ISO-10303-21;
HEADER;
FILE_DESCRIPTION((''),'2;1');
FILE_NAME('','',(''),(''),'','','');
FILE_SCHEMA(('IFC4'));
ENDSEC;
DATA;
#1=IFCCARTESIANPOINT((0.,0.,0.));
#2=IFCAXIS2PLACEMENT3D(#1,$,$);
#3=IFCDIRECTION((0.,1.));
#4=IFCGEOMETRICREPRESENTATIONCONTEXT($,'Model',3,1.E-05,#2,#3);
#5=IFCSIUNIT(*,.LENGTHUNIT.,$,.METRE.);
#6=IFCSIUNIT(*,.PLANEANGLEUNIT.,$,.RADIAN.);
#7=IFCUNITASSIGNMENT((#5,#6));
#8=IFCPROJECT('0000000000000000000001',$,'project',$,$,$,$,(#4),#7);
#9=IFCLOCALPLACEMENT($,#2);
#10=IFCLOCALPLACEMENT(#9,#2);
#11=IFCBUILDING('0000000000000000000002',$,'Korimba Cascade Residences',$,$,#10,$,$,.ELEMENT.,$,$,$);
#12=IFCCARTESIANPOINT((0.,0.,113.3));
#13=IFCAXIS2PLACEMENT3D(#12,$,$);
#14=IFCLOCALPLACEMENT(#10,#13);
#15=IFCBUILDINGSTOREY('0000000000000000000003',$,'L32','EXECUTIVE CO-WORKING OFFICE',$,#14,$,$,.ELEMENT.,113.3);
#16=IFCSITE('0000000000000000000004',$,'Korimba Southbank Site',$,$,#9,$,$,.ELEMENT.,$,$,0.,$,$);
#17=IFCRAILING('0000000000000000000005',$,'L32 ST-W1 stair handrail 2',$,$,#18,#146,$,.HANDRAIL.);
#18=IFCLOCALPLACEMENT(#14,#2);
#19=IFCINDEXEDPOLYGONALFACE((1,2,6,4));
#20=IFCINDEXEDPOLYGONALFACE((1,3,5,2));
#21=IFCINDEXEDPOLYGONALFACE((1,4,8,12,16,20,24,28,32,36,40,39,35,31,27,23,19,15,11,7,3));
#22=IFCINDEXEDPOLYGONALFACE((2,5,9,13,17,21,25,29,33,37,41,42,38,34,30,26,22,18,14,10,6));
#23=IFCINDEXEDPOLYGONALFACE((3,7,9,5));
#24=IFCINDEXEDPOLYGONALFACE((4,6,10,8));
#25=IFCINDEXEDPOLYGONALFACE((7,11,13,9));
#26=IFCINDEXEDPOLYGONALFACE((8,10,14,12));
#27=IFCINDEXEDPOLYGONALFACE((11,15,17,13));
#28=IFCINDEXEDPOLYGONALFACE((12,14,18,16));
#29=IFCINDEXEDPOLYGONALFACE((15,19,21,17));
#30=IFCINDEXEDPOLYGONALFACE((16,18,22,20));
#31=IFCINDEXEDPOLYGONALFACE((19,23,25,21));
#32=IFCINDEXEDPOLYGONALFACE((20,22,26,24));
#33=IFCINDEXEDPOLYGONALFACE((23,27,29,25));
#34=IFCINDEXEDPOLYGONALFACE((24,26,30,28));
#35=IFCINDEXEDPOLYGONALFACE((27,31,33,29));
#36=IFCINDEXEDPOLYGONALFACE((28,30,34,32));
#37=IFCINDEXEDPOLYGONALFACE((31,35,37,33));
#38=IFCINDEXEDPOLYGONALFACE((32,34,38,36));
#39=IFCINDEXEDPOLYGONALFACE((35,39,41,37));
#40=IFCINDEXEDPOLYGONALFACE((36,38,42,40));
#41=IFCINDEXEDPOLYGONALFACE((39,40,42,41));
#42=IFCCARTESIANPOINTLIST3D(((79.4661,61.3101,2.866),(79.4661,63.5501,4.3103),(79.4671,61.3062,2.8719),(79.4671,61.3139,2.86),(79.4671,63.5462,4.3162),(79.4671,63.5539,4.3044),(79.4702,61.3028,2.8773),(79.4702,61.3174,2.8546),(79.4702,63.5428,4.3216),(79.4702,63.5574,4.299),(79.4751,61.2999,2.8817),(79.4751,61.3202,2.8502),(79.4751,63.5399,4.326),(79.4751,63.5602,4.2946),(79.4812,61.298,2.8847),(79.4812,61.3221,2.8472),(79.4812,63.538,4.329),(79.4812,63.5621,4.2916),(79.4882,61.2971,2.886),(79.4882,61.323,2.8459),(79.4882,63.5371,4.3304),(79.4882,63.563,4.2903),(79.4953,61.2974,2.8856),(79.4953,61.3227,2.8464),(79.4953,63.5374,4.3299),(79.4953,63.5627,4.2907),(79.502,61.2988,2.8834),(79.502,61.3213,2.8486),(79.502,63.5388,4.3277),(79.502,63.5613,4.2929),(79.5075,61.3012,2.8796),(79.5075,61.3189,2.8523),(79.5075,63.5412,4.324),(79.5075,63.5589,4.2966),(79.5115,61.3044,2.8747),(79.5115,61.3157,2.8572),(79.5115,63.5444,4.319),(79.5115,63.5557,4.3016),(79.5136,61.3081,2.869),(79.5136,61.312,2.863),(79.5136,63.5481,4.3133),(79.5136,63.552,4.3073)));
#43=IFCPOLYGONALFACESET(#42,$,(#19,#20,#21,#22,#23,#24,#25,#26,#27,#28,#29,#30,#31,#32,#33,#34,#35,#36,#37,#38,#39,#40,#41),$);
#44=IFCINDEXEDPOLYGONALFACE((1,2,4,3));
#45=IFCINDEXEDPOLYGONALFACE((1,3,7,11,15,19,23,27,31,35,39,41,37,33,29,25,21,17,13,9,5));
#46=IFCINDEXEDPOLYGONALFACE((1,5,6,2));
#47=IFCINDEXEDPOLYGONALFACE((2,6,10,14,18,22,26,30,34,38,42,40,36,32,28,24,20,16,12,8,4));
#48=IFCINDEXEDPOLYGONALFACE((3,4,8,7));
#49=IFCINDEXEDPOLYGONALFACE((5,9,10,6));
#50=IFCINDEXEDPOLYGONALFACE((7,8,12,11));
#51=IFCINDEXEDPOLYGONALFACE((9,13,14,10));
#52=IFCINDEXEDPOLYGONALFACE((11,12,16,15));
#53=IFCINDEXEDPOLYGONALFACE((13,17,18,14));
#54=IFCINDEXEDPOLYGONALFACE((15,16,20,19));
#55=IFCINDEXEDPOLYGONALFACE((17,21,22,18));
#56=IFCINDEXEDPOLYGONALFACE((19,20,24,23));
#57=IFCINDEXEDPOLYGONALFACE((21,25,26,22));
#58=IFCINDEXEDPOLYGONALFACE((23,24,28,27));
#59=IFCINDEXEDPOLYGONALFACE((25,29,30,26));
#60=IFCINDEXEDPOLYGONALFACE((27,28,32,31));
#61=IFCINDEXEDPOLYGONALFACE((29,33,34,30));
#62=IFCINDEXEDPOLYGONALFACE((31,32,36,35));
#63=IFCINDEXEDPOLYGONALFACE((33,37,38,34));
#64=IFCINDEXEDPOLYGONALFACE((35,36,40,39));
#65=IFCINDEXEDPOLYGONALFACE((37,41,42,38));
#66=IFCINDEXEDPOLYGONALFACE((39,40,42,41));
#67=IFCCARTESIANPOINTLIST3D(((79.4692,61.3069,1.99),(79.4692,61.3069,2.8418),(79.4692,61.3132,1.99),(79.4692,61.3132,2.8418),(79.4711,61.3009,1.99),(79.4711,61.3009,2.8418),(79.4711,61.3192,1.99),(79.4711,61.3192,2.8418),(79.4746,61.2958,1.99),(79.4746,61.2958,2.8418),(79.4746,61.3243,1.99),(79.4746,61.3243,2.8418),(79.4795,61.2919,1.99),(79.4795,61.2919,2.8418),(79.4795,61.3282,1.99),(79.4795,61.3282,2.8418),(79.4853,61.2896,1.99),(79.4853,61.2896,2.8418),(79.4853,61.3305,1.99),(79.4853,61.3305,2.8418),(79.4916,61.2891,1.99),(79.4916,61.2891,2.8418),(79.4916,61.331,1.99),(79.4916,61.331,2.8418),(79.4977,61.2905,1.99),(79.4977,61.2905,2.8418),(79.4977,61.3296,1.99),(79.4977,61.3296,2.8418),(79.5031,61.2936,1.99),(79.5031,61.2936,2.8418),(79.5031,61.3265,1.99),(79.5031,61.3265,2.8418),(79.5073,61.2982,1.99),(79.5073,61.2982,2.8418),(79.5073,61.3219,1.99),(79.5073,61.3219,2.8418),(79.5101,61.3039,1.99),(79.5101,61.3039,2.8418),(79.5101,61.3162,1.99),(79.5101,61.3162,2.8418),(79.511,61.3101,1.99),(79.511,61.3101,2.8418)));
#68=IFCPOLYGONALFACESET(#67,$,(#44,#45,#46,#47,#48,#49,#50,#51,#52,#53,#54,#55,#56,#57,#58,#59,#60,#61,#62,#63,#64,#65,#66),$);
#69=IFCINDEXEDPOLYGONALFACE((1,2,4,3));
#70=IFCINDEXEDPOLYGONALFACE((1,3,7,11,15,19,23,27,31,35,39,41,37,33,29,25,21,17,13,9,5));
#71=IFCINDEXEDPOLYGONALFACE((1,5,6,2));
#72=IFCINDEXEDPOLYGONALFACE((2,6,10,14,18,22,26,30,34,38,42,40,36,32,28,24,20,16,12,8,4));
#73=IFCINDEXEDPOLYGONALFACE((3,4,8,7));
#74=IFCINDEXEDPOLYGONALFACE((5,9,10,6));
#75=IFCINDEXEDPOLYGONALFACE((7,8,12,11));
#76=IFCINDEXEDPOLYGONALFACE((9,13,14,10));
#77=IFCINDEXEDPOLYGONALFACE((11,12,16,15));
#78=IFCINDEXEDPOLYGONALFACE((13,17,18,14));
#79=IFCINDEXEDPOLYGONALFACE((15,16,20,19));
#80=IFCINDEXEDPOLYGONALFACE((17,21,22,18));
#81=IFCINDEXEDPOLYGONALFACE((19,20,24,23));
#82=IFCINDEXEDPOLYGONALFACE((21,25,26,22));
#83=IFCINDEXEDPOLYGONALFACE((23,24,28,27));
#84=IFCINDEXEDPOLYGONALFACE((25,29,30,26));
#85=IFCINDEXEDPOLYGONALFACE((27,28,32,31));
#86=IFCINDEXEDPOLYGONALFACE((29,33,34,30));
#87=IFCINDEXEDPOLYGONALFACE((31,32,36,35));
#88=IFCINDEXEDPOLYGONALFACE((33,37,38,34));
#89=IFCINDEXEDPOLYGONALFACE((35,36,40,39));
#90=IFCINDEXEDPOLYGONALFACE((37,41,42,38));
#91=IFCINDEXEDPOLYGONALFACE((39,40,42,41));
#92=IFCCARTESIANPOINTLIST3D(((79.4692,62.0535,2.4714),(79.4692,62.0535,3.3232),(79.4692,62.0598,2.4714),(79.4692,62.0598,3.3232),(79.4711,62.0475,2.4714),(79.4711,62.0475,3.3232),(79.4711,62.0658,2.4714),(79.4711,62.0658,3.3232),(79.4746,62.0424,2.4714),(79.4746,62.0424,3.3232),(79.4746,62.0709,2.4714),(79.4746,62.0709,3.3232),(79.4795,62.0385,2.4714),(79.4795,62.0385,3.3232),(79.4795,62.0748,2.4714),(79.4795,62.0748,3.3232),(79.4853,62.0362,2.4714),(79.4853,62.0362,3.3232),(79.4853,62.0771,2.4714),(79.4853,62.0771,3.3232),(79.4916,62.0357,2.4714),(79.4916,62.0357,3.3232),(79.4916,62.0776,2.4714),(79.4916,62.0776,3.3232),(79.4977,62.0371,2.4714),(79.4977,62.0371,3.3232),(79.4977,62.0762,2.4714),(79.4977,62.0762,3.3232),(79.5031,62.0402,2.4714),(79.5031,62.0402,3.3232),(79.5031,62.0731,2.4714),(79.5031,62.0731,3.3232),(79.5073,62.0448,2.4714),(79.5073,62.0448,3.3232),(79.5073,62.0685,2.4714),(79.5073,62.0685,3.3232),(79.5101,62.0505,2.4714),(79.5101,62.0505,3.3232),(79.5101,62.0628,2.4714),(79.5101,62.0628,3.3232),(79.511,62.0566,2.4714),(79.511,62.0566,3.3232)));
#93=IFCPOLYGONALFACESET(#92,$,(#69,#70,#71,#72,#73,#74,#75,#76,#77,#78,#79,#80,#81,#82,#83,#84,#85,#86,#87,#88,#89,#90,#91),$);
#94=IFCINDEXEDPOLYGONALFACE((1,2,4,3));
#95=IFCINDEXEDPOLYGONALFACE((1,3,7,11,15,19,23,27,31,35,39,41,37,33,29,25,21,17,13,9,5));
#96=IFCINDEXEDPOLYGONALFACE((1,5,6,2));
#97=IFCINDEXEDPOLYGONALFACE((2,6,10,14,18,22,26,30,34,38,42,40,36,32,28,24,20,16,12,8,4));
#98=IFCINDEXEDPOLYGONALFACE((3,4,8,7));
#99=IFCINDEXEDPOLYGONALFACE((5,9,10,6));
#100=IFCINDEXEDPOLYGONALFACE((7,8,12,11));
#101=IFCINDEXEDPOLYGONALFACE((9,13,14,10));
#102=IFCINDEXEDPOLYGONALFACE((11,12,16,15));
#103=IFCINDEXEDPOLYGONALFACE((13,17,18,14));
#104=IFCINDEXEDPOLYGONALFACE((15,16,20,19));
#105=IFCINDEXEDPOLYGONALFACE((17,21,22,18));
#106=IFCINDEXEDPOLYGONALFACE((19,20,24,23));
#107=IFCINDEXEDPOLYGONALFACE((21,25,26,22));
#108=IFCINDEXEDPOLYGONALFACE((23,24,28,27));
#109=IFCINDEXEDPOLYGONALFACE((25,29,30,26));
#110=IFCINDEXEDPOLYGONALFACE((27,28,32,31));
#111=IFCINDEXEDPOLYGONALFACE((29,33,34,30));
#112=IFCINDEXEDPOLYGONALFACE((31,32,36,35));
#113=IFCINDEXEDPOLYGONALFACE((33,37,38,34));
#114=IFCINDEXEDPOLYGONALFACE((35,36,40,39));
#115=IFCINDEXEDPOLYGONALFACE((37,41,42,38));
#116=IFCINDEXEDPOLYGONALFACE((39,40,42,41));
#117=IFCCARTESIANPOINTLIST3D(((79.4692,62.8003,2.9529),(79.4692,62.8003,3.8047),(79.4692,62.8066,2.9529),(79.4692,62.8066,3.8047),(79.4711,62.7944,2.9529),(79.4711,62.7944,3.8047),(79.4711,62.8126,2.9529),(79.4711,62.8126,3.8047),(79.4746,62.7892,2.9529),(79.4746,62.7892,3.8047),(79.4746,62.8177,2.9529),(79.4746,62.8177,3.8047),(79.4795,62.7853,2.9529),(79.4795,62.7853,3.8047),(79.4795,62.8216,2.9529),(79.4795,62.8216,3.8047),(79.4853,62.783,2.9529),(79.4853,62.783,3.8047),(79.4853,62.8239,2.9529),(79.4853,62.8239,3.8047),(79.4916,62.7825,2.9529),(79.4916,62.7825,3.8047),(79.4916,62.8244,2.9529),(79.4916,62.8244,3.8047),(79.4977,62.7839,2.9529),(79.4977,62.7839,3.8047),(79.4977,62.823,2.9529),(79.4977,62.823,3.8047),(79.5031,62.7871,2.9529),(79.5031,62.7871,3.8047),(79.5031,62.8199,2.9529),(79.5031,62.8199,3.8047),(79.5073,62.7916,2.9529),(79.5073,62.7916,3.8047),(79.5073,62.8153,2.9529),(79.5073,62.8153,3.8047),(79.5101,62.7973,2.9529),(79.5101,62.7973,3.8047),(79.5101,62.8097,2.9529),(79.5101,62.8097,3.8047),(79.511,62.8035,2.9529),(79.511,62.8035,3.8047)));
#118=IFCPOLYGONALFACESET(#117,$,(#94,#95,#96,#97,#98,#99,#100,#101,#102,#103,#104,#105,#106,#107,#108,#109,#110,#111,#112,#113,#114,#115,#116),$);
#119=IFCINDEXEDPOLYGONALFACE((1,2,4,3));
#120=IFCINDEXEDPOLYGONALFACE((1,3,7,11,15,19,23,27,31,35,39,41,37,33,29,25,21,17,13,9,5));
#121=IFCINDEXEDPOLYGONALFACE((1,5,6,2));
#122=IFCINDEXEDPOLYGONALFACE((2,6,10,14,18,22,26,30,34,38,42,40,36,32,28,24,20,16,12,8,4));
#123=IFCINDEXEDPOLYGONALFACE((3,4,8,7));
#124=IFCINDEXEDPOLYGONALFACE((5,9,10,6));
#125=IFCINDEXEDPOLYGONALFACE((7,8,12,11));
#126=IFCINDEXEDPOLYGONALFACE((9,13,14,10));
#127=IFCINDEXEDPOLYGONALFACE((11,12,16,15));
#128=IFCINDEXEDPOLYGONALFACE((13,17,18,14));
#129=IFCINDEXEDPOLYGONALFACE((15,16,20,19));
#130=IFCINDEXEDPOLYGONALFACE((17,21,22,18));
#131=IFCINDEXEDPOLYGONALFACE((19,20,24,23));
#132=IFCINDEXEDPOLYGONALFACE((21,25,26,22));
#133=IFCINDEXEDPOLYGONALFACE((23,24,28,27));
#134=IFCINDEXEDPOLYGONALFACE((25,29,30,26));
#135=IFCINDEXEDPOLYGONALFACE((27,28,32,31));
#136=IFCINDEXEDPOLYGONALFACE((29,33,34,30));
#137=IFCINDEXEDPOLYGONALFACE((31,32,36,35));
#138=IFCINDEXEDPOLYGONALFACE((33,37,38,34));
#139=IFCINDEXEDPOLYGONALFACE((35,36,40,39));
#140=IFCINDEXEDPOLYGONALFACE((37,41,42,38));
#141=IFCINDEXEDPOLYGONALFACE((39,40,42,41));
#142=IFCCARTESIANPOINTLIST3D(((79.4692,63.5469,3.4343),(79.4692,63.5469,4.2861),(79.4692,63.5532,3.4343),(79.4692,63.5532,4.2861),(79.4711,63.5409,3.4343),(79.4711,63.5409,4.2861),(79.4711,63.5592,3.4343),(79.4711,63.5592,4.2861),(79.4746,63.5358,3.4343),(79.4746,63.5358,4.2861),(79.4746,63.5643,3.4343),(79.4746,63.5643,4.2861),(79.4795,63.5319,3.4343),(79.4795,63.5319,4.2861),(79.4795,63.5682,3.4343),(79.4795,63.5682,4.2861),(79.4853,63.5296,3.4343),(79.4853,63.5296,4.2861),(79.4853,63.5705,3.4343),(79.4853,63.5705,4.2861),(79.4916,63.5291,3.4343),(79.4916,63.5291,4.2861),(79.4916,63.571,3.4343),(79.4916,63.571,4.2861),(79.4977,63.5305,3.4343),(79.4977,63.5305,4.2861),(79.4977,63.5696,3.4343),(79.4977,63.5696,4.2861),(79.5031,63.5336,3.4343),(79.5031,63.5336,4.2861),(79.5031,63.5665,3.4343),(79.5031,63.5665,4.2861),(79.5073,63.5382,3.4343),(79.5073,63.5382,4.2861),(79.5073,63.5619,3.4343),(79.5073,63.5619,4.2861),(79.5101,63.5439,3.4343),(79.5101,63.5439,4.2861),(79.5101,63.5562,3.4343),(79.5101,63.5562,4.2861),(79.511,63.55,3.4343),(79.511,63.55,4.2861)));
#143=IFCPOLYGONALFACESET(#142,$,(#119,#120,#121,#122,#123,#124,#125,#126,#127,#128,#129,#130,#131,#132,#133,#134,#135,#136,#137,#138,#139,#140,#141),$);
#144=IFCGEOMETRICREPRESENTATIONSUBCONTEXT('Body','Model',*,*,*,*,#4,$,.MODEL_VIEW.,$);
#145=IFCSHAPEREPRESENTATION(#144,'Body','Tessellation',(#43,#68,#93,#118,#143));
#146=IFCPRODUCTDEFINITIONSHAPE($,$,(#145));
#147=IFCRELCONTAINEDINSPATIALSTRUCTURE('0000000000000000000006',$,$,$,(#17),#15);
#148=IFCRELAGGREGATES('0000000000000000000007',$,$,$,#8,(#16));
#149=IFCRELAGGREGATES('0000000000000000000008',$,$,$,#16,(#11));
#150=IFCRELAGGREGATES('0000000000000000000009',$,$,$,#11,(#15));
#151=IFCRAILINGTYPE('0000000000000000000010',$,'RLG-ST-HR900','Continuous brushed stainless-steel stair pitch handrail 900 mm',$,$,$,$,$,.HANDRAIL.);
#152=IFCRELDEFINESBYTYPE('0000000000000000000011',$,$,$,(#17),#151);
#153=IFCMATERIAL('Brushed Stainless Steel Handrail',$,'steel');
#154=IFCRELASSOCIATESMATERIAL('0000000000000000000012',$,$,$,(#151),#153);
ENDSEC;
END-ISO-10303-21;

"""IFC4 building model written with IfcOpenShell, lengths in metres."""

from ifc_helpers import new_model, si_unit, direction, frame, origin, origin_2d, place, context, subcontext, project, spatial, circle, extrude, material, type_object, element, save


model = new_model("IFC4")

# Units and contexts
model_context = context("Model", 3, precision=1e-05, world=origin(), true_north=direction((0.0, 1.0)))
body_context = subcontext(model_context, "Body", "Model", "MODEL_VIEW")
ifc_project = project(units=[si_unit("LENGTHUNIT", "METRE"), si_unit("PLANEANGLEUNIT", "RADIAN")], contexts=[model_context])

# Site, building, storey
site_placement = place(None, origin())
site = spatial("IfcSite", under=ifc_project, at=site_placement, Name="Korimba Southbank Site", CompositionType="ELEMENT", RefElevation=0.0)
building_placement = place(site_placement, origin())
building = spatial("IfcBuilding", under=site, at=building_placement, Name="Korimba Cascade Residences", CompositionType="ELEMENT")
storey_placement = place(building_placement, frame((0.0, 0.0, 113.3)))
storey = spatial("IfcBuildingStorey", under=building, at=storey_placement, Name="L32", Description="EXECUTIVE CO-WORKING OFFICE", CompositionType="ELEMENT", Elevation=113.3)

# Railing
ifc_material_1 = material(Name="Brushed Stainless Steel Handrail", Category="steel")
railing_type_1 = type_object("IfcRailingType", Name="RLG-ST-HR900", Description="Continuous brushed stainless-steel stair pitch handrail 900 mm", PredefinedType="HANDRAIL", material=ifc_material_1)
railing_1_placement = place(storey_placement, frame((79.49, 61.3101, 1.99)))
element("IfcRailing", 1, at=railing_1_placement, inside=storey, type_object=railing_type_1, Name="L32 ST-W1 stair handrail 2", PredefinedType="HANDRAIL", context=body_context, shape_type="SweptSolid", body=[
    extrude(circle(Radius=0.0239, at=origin_2d()), frame((0.0, 0.0, 0.876), z_axis=(0.0, 0.840437, 0.54191), x_axis=(-1.0, 0.0, 0.0)), (0.0, 0.0, 1.0), 2.6653),
    extrude(circle(Radius=0.021, at=origin_2d()), origin(), (0.0, 0.0, 1.0), 0.8518),
    extrude(circle(Radius=0.021, at=origin_2d()), frame((0.0, 0.7466, 0.4814)), (0.0, 0.0, 1.0), 0.8518),
    extrude(circle(Radius=0.021, at=origin_2d()), frame((0.0, 1.4934, 0.9629)), (0.0, 0.0, 1.0), 0.8518),
    extrude(circle(Radius=0.021, at=origin_2d()), frame((0.0, 2.24, 1.4443)), (0.0, 0.0, 1.0), 0.8518),
])

save(model, "model.ifc")
